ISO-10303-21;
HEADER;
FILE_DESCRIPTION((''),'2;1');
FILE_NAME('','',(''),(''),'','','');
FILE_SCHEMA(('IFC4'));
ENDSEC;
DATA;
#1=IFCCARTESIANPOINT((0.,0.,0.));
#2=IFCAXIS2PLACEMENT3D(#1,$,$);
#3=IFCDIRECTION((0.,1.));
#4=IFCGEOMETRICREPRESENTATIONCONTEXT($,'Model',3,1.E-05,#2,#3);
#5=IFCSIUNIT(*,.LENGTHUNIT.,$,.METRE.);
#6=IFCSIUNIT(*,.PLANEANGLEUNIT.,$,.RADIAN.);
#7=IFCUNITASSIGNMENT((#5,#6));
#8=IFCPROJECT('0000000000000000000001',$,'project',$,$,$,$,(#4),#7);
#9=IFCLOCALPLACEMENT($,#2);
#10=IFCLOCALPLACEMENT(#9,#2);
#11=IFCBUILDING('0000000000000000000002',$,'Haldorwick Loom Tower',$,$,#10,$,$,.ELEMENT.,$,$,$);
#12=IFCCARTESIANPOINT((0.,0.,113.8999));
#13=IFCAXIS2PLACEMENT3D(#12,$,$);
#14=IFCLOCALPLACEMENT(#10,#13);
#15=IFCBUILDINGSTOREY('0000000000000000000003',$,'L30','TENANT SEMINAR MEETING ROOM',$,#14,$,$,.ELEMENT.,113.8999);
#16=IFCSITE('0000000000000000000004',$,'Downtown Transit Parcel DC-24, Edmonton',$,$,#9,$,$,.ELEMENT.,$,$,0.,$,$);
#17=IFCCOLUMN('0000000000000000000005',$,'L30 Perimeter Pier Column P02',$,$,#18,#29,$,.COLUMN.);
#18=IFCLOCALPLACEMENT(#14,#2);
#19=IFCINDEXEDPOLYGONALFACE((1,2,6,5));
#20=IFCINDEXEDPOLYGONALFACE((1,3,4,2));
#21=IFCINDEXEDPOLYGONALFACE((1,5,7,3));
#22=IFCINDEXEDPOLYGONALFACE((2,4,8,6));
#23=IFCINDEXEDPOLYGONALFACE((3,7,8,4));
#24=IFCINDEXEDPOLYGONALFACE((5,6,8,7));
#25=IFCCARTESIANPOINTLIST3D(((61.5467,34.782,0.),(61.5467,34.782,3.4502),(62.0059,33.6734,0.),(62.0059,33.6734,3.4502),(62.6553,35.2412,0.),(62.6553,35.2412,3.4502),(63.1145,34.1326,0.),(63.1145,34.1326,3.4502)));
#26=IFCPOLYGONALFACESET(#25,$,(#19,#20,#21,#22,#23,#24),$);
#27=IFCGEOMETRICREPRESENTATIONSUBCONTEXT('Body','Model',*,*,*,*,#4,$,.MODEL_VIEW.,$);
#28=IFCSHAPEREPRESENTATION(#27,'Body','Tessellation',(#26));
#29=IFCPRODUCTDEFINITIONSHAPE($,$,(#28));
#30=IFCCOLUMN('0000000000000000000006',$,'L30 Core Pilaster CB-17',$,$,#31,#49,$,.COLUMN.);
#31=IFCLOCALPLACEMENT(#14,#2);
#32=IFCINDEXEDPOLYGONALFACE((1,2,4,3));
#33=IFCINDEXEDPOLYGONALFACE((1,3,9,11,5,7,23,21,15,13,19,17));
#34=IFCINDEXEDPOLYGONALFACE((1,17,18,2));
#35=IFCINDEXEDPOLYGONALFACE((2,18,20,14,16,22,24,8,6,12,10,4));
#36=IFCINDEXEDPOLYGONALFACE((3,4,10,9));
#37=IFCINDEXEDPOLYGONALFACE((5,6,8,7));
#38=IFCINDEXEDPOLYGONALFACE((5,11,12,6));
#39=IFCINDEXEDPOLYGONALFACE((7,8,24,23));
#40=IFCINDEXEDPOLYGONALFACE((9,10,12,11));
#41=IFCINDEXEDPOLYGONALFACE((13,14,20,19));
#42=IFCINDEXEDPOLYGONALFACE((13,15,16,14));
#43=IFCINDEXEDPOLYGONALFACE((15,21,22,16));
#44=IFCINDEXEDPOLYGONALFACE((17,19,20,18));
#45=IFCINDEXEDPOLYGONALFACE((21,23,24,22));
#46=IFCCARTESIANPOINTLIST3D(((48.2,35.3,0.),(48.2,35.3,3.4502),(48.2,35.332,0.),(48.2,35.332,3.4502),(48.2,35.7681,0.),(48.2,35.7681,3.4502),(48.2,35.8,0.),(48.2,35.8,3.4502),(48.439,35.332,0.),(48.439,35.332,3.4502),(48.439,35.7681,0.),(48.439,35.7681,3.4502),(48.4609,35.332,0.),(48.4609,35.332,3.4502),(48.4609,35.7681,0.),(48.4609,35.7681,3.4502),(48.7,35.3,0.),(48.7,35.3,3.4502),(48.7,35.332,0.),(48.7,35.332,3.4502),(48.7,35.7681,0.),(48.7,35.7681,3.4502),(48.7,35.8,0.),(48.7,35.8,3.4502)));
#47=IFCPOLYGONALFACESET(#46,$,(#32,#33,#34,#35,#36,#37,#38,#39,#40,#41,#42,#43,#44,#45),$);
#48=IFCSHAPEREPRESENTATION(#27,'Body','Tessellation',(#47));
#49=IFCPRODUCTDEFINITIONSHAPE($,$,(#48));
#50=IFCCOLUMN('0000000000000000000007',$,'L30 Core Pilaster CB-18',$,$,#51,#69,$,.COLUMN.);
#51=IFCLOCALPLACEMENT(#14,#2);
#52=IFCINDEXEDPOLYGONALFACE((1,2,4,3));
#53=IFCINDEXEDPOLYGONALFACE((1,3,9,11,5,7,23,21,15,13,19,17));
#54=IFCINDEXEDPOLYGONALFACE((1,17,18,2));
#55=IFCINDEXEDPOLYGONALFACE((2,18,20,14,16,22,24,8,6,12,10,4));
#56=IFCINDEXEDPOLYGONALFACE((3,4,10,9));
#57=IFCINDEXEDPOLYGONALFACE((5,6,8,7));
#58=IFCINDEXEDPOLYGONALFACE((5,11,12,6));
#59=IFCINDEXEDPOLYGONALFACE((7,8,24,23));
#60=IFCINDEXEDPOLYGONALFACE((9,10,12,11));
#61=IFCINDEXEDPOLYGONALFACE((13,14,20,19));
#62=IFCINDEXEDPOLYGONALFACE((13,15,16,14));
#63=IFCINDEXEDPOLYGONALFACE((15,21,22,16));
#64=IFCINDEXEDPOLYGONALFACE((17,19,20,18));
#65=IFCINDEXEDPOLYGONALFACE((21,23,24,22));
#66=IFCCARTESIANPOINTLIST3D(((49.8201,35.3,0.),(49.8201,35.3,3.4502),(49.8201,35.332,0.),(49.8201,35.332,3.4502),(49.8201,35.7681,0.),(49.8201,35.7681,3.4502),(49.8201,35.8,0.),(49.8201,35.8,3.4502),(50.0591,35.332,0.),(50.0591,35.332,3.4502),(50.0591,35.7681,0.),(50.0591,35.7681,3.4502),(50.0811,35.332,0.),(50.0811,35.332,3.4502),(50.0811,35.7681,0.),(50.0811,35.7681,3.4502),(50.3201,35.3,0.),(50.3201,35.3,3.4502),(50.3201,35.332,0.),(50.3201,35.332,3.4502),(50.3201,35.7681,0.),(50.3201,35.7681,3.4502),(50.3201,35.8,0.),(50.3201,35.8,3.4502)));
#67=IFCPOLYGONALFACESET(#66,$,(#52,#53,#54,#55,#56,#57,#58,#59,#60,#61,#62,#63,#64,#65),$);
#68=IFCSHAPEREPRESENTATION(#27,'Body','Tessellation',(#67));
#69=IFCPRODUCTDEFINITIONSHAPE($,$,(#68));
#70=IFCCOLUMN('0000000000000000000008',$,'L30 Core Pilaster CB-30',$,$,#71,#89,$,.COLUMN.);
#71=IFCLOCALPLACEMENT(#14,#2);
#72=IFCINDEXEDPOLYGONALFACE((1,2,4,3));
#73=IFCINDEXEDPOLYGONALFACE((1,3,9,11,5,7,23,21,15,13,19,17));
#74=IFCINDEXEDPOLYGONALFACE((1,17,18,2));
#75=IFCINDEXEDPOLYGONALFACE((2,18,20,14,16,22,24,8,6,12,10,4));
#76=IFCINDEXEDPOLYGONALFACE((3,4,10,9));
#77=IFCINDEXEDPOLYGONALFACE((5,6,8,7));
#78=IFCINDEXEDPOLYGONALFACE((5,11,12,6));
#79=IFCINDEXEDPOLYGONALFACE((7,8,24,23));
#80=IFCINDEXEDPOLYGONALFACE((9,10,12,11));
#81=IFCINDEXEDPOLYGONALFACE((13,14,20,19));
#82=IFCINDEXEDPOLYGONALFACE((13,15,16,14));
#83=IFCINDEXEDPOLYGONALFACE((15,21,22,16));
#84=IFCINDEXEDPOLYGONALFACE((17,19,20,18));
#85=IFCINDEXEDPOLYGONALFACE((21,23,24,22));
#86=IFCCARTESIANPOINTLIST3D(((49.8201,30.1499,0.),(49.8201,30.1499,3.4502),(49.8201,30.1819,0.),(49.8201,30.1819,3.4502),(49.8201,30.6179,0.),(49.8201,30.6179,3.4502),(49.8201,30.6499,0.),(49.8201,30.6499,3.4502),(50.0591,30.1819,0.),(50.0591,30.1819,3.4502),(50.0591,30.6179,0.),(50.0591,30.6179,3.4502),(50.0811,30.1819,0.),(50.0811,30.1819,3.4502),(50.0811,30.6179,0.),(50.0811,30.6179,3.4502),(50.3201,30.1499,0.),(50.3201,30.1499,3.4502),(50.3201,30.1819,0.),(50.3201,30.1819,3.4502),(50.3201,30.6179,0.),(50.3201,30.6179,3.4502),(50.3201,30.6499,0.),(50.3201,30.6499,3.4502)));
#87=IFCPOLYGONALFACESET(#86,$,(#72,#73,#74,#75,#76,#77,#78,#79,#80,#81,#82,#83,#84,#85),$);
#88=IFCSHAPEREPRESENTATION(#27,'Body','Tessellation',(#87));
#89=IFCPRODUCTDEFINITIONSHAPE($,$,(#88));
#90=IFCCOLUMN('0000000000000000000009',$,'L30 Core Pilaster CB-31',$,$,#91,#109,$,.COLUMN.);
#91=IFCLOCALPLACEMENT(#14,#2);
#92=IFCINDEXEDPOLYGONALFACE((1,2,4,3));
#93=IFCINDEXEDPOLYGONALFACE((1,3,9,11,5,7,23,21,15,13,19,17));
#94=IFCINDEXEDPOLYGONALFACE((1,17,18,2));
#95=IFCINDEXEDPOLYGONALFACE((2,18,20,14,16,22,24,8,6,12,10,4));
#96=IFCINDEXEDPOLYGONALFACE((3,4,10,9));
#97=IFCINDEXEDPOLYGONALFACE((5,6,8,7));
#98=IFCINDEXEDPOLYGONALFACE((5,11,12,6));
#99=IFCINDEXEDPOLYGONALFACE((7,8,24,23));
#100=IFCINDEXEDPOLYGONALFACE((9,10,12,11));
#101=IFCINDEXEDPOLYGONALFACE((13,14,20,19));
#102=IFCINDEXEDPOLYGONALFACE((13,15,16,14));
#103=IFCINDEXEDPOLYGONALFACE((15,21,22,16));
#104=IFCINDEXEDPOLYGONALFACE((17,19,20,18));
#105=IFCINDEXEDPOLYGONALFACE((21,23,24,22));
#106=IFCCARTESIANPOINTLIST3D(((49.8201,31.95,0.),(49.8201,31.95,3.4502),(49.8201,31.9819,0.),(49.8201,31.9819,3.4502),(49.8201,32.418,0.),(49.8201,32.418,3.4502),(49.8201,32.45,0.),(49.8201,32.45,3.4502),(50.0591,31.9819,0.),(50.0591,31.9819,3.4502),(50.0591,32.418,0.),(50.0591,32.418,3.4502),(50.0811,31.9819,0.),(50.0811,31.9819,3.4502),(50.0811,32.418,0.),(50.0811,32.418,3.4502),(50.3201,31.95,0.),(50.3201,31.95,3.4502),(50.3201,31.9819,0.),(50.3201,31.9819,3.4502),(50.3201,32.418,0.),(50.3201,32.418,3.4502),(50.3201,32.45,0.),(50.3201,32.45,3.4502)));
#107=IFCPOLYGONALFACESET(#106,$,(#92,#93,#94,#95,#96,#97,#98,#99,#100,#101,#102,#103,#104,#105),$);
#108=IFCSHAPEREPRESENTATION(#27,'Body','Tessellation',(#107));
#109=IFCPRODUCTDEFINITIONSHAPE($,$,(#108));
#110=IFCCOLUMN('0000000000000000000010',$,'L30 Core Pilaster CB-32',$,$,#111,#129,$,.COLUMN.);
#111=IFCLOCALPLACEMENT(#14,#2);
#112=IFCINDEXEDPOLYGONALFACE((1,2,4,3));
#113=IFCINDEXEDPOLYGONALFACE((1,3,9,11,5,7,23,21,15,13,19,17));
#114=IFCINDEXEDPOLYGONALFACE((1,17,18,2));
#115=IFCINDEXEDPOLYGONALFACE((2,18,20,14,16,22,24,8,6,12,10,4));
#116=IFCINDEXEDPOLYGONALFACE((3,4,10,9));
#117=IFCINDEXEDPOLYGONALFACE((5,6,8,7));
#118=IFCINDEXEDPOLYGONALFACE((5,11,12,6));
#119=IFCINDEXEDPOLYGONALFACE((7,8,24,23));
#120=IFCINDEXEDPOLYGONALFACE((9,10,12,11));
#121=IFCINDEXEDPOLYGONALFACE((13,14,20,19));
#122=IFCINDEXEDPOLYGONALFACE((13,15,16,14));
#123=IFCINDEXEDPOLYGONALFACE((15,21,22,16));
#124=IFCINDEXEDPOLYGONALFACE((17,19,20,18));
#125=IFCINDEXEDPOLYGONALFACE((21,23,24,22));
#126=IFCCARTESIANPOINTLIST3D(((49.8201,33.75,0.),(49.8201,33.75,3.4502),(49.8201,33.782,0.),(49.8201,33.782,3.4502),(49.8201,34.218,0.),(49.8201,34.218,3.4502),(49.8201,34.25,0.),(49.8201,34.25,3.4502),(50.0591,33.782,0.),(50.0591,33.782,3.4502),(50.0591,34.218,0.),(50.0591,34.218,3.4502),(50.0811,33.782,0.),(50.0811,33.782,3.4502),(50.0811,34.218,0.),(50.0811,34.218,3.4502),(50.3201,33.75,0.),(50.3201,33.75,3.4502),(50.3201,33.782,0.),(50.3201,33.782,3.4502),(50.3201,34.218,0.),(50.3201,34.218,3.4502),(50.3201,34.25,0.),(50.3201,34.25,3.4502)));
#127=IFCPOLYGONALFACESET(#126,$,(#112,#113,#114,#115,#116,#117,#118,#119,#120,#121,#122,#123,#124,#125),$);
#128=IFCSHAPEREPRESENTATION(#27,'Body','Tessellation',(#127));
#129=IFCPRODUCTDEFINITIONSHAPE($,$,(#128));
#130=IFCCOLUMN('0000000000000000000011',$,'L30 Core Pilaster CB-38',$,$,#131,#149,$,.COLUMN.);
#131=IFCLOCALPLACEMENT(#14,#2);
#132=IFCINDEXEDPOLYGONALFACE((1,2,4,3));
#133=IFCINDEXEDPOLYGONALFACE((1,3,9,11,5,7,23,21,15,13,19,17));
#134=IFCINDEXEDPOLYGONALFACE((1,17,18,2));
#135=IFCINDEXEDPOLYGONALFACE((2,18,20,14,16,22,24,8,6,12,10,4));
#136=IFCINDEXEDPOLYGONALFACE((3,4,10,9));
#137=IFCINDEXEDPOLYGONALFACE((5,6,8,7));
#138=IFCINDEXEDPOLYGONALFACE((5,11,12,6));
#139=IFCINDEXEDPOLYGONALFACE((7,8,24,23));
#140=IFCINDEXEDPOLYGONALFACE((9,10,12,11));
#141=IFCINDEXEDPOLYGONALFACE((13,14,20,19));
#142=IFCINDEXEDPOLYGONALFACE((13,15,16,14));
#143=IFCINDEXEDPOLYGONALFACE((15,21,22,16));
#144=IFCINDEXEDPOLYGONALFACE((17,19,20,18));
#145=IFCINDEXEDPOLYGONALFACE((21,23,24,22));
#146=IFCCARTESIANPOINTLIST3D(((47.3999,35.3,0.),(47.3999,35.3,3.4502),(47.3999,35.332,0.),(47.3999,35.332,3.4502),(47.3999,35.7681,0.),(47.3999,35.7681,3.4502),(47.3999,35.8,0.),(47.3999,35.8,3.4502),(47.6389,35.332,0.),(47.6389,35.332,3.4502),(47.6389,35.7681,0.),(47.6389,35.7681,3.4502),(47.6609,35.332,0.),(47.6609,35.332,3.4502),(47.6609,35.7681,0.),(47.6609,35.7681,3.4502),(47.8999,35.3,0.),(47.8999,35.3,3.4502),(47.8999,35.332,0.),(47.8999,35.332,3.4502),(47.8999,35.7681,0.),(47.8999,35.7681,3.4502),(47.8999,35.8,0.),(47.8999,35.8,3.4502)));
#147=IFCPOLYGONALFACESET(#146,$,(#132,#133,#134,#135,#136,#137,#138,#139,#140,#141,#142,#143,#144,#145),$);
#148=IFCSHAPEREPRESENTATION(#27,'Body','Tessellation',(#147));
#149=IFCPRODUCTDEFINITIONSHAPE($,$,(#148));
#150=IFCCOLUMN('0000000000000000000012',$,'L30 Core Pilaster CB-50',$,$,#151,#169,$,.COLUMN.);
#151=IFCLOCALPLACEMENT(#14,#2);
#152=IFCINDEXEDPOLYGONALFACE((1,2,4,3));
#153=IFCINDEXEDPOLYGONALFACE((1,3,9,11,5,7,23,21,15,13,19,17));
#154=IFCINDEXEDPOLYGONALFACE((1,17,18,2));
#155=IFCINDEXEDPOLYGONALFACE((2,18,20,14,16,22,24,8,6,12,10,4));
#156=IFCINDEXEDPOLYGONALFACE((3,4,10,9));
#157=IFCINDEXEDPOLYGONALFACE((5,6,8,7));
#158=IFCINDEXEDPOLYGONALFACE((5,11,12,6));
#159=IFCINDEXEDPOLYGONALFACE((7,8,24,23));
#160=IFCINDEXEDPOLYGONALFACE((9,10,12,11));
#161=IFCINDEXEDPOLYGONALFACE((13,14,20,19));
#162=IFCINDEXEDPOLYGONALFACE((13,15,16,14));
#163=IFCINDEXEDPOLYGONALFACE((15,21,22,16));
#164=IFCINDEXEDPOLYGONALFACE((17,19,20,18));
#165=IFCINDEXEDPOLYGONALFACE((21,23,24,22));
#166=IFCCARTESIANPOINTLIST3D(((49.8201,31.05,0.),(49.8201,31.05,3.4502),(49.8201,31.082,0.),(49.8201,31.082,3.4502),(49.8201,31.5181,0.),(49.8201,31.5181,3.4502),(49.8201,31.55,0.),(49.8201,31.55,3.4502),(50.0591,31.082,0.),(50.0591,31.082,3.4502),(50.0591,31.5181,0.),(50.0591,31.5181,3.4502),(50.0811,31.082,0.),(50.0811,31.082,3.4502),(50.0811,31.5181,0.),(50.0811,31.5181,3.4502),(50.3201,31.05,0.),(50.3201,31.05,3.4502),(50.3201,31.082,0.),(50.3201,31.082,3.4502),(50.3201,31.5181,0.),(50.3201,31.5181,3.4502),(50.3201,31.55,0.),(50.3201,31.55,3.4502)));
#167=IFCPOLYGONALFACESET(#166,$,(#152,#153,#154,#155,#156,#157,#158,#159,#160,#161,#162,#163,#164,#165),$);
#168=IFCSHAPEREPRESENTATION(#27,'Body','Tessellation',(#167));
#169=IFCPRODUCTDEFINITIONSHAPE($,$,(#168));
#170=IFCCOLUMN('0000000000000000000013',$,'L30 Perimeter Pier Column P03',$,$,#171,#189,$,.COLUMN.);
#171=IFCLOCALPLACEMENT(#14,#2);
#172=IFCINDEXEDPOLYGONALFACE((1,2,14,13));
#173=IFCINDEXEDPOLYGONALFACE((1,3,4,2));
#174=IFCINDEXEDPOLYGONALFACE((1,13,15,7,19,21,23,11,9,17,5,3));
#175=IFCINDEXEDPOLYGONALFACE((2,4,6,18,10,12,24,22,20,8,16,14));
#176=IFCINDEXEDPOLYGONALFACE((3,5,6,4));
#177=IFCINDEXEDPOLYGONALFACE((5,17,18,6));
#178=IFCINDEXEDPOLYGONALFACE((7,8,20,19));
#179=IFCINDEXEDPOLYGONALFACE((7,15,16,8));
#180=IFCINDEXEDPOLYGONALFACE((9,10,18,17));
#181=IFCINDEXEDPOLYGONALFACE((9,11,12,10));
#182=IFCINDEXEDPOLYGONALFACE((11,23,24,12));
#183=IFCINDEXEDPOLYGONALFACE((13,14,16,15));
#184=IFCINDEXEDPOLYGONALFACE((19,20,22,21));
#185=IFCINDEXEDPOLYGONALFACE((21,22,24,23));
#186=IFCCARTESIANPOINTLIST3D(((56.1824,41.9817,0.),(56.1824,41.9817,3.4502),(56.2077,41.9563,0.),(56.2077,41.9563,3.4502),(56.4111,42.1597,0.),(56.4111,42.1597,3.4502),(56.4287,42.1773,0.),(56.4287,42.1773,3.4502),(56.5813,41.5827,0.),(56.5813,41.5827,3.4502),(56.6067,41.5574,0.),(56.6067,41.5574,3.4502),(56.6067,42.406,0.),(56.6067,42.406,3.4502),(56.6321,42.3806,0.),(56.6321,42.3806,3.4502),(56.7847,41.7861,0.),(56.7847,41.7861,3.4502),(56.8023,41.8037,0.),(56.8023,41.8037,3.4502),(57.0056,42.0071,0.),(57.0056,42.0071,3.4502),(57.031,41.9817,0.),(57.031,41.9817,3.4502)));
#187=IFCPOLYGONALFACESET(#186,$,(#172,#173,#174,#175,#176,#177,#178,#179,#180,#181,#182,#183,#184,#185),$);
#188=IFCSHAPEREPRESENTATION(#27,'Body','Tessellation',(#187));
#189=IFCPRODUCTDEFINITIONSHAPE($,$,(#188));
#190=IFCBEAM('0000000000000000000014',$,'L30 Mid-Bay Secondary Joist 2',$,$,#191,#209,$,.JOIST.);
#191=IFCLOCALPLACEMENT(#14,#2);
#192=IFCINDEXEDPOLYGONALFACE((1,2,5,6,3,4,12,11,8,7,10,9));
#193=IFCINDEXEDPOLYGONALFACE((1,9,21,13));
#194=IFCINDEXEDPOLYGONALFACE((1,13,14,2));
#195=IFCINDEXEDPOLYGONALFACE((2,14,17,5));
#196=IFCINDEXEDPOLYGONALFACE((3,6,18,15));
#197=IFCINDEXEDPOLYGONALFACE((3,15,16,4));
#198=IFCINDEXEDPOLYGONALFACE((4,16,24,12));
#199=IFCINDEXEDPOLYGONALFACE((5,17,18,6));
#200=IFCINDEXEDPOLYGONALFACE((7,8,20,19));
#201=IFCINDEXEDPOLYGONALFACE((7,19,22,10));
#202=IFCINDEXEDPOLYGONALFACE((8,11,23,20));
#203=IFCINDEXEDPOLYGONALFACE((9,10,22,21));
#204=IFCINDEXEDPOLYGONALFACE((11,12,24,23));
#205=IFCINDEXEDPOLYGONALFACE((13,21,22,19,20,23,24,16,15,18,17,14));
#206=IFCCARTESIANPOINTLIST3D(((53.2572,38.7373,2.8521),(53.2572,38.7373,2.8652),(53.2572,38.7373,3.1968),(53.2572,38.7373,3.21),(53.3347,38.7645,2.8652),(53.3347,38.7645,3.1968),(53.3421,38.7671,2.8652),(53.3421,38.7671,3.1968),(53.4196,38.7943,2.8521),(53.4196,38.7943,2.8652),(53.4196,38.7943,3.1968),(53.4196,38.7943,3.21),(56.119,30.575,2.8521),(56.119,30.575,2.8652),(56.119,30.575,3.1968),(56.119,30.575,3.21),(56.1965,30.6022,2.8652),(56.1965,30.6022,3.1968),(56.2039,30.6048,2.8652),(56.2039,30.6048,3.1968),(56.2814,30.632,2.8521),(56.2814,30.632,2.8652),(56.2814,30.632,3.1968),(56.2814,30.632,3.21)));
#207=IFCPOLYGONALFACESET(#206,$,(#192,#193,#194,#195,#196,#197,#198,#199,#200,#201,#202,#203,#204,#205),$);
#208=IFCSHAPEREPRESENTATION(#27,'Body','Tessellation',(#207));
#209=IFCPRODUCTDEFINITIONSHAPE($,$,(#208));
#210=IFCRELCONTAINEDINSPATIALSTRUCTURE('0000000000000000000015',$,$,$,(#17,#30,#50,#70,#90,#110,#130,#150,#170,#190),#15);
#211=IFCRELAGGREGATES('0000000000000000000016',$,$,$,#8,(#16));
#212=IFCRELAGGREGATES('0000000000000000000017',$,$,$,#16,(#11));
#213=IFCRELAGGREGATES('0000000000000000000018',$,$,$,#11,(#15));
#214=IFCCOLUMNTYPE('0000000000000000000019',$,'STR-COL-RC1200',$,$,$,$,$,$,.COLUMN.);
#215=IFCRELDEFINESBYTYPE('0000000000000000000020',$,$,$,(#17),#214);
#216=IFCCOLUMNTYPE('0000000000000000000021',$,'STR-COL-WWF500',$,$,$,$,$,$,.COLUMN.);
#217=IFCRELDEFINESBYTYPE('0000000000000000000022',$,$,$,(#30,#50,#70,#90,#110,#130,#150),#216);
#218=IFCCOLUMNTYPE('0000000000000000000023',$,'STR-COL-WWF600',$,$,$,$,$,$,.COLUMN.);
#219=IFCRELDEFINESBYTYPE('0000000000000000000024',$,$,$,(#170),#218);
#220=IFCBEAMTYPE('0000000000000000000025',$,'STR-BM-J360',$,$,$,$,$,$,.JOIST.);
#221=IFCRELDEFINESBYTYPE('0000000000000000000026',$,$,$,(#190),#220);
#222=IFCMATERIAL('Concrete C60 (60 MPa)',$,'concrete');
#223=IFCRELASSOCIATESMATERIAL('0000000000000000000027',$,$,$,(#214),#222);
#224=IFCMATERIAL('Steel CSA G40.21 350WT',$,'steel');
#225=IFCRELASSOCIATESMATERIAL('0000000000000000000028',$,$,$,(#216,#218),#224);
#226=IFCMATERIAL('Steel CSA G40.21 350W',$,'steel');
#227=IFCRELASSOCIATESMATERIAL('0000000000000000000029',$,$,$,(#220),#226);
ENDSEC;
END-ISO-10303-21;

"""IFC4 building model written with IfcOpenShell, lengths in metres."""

from ifc_helpers import new_model, si_unit, direction, frame, origin, origin_2d, place, context, subcontext, project, spatial, rectangle, i_section, extrude, material, material_profile, profile_set, type_object, element, save


model = new_model("IFC4")

# Units and contexts
model_context = context("Model", 3, precision=1e-05, world=origin(), true_north=direction((0.0, 1.0)))
body_context = subcontext(model_context, "Body", "Model", "MODEL_VIEW")
ifc_project = project(units=[si_unit("LENGTHUNIT", "METRE"), si_unit("PLANEANGLEUNIT", "RADIAN")], contexts=[model_context])

# Site, building, storey
site_placement = place(None, origin())
site = spatial("IfcSite", under=ifc_project, at=site_placement, Name="Downtown Transit Parcel DC-24, Edmonton", CompositionType="ELEMENT", RefElevation=0.0)
building_placement = place(site_placement, origin())
building = spatial("IfcBuilding", under=site, at=building_placement, Name="Haldorwick Loom Tower", CompositionType="ELEMENT")
storey_placement = place(building_placement, frame((0.0, 0.0, 113.8999)))
storey = spatial("IfcBuildingStorey", under=building, at=storey_placement, Name="L30", Description="TENANT SEMINAR MEETING ROOM", CompositionType="ELEMENT", Elevation=113.8999)

# Columns
ifc_material_1 = material(Name="Concrete C60 (60 MPa)", Category="concrete")
ifc_material_profile_1 = material_profile(ifc_material_1, rectangle(XDim=1.2, YDim=1.2, at=origin_2d()), Name="RC1200X1200", Category="concrete")
ifc_profile_set_1 = profile_set([ifc_material_profile_1], Name="Concrete C60 (60 MPa)")
column_type_1 = type_object("IfcColumnType", Name="STR-COL-RC1200", PredefinedType="COLUMN", material=ifc_profile_set_1)
column_1_placement = place(storey_placement, frame((62.3306, 34.4573, 0.0), z_axis=(0.0, 0.0, 1.0), x_axis=(0.92388, 0.382683, 0.0)))
element("IfcColumn", 1, at=column_1_placement, inside=storey, type_object=column_type_1, Name="L30 Perimeter Pier Column P02", PredefinedType="COLUMN", context=body_context, shape_type="SweptSolid", body=[
    extrude(rectangle(XDim=1.2, YDim=1.2, at=origin_2d()), origin(), (0.0, 0.0, 1.0), 3.4502),
])
ifc_material_2 = material(Name="Steel CSA G40.21 350WT", Category="steel")
ifc_material_profile_2 = material_profile(ifc_material_2, i_section(OverallWidth=0.5, OverallDepth=0.5, WebThickness=0.022, FlangeThickness=0.032, at=origin_2d()), Name="WWF500X500", Category="steel")
ifc_profile_set_2 = profile_set([ifc_material_profile_2], Name="Steel CSA G40.21 350WT")
column_type_2 = type_object("IfcColumnType", Name="STR-COL-WWF500", PredefinedType="COLUMN", material=ifc_profile_set_2)
for number, where, z_axis, x_axis, name in (
    (2, (48.45, 35.55, 0.0), (0.0, 0.0, 1.0), (1.0, 0.0, 0.0), "L30 Core Pilaster CB-17"),
    (3, (50.0701, 35.55, 0.0), (0.0, 0.0, 1.0), (1.0, 0.0, 0.0), "L30 Core Pilaster CB-18"),
    (4, (50.0701, 30.3999, 0.0), (0.0, 0.0, 1.0), (1.0, 0.0, 0.0), "L30 Core Pilaster CB-30"),
    (5, (50.0701, 32.2, 0.0), (0.0, 0.0, 1.0), (1.0, 0.0, 0.0), "L30 Core Pilaster CB-31"),
    (6, (50.0701, 34.0, 0.0), (0.0, 0.0, 1.0), (1.0, 0.0, 0.0), "L30 Core Pilaster CB-32"),
    (7, (47.6499, 35.55, 0.0), (0.0, 0.0, 1.0), (1.0, 0.0, 0.0), "L30 Core Pilaster CB-38"),
    (8, (50.0701, 31.3, 0.0), (0.0, 0.0, 1.0), (1.0, 0.0, 0.0), "L30 Core Pilaster CB-50"),
):
    element("IfcColumn", number, at=place(storey_placement, frame(where, z_axis=z_axis, x_axis=x_axis)), inside=storey, type_object=column_type_2, Name=name, PredefinedType="COLUMN", context=body_context, shape_type="SweptSolid", body=[
        extrude(i_section(OverallWidth=0.5, OverallDepth=0.5, WebThickness=0.022, FlangeThickness=0.032, at=origin_2d()), origin(), (0.0, 0.0, 1.0), 3.4502),
    ])
ifc_material_profile_3 = material_profile(ifc_material_2, i_section(OverallWidth=0.6001, OverallDepth=0.6001, WebThickness=0.0249, FlangeThickness=0.0359, at=origin_2d()), Name="WWF600X600", Category="steel")
ifc_profile_set_3 = profile_set([ifc_material_profile_3], Name="Steel CSA G40.21 350WT")
column_type_3 = type_object("IfcColumnType", Name="STR-COL-WWF600", PredefinedType="COLUMN", material=ifc_profile_set_3)
column_2_placement = place(storey_placement, frame((56.6067, 41.9817, 0.0), z_axis=(0.0, 0.0, 1.0), x_axis=(0.707107, 0.707107, 0.0)))
element("IfcColumn", 9, at=column_2_placement, inside=storey, type_object=column_type_3, Name="L30 Perimeter Pier Column P03", PredefinedType="COLUMN", context=body_context, shape_type="SweptSolid", body=[
    extrude(i_section(OverallWidth=0.6001, OverallDepth=0.6001, WebThickness=0.0249, FlangeThickness=0.0359, at=origin_2d()), origin(), (0.0, 0.0, 1.0), 3.4502),
])

# Beam
ifc_material_3 = material(Name="Steel CSA G40.21 350W", Category="steel")
ifc_material_profile_4 = material_profile(ifc_material_3, i_section(OverallWidth=0.1721, OverallDepth=0.3579, WebThickness=0.0078, FlangeThickness=0.0132, at=origin_2d()), Name="W360X57", Category="steel")
ifc_profile_set_4 = profile_set([ifc_material_profile_4], Name="Steel CSA G40.21 350W")
beam_type_1 = type_object("IfcBeamType", Name="STR-BM-J360", PredefinedType="JOIST", material=ifc_profile_set_4)
beam_1_placement = place(storey_placement, frame((56.2002, 30.6035, 3.031), z_axis=(-0.330865, 0.943678, 0.0), x_axis=(-0.943678, -0.330865, 0.0)))
element("IfcBeam", 10, at=beam_1_placement, inside=storey, type_object=beam_type_1, Name="L30 Mid-Bay Secondary Joist 2", PredefinedType="JOIST", context=body_context, shape_type="SweptSolid", body=[
    extrude(i_section(OverallWidth=0.1721, OverallDepth=0.3579, WebThickness=0.0078, FlangeThickness=0.0132, at=origin_2d()), origin(), (0.0, 0.0, 1.0), 8.6494),
])

save(model, "model.ifc")
